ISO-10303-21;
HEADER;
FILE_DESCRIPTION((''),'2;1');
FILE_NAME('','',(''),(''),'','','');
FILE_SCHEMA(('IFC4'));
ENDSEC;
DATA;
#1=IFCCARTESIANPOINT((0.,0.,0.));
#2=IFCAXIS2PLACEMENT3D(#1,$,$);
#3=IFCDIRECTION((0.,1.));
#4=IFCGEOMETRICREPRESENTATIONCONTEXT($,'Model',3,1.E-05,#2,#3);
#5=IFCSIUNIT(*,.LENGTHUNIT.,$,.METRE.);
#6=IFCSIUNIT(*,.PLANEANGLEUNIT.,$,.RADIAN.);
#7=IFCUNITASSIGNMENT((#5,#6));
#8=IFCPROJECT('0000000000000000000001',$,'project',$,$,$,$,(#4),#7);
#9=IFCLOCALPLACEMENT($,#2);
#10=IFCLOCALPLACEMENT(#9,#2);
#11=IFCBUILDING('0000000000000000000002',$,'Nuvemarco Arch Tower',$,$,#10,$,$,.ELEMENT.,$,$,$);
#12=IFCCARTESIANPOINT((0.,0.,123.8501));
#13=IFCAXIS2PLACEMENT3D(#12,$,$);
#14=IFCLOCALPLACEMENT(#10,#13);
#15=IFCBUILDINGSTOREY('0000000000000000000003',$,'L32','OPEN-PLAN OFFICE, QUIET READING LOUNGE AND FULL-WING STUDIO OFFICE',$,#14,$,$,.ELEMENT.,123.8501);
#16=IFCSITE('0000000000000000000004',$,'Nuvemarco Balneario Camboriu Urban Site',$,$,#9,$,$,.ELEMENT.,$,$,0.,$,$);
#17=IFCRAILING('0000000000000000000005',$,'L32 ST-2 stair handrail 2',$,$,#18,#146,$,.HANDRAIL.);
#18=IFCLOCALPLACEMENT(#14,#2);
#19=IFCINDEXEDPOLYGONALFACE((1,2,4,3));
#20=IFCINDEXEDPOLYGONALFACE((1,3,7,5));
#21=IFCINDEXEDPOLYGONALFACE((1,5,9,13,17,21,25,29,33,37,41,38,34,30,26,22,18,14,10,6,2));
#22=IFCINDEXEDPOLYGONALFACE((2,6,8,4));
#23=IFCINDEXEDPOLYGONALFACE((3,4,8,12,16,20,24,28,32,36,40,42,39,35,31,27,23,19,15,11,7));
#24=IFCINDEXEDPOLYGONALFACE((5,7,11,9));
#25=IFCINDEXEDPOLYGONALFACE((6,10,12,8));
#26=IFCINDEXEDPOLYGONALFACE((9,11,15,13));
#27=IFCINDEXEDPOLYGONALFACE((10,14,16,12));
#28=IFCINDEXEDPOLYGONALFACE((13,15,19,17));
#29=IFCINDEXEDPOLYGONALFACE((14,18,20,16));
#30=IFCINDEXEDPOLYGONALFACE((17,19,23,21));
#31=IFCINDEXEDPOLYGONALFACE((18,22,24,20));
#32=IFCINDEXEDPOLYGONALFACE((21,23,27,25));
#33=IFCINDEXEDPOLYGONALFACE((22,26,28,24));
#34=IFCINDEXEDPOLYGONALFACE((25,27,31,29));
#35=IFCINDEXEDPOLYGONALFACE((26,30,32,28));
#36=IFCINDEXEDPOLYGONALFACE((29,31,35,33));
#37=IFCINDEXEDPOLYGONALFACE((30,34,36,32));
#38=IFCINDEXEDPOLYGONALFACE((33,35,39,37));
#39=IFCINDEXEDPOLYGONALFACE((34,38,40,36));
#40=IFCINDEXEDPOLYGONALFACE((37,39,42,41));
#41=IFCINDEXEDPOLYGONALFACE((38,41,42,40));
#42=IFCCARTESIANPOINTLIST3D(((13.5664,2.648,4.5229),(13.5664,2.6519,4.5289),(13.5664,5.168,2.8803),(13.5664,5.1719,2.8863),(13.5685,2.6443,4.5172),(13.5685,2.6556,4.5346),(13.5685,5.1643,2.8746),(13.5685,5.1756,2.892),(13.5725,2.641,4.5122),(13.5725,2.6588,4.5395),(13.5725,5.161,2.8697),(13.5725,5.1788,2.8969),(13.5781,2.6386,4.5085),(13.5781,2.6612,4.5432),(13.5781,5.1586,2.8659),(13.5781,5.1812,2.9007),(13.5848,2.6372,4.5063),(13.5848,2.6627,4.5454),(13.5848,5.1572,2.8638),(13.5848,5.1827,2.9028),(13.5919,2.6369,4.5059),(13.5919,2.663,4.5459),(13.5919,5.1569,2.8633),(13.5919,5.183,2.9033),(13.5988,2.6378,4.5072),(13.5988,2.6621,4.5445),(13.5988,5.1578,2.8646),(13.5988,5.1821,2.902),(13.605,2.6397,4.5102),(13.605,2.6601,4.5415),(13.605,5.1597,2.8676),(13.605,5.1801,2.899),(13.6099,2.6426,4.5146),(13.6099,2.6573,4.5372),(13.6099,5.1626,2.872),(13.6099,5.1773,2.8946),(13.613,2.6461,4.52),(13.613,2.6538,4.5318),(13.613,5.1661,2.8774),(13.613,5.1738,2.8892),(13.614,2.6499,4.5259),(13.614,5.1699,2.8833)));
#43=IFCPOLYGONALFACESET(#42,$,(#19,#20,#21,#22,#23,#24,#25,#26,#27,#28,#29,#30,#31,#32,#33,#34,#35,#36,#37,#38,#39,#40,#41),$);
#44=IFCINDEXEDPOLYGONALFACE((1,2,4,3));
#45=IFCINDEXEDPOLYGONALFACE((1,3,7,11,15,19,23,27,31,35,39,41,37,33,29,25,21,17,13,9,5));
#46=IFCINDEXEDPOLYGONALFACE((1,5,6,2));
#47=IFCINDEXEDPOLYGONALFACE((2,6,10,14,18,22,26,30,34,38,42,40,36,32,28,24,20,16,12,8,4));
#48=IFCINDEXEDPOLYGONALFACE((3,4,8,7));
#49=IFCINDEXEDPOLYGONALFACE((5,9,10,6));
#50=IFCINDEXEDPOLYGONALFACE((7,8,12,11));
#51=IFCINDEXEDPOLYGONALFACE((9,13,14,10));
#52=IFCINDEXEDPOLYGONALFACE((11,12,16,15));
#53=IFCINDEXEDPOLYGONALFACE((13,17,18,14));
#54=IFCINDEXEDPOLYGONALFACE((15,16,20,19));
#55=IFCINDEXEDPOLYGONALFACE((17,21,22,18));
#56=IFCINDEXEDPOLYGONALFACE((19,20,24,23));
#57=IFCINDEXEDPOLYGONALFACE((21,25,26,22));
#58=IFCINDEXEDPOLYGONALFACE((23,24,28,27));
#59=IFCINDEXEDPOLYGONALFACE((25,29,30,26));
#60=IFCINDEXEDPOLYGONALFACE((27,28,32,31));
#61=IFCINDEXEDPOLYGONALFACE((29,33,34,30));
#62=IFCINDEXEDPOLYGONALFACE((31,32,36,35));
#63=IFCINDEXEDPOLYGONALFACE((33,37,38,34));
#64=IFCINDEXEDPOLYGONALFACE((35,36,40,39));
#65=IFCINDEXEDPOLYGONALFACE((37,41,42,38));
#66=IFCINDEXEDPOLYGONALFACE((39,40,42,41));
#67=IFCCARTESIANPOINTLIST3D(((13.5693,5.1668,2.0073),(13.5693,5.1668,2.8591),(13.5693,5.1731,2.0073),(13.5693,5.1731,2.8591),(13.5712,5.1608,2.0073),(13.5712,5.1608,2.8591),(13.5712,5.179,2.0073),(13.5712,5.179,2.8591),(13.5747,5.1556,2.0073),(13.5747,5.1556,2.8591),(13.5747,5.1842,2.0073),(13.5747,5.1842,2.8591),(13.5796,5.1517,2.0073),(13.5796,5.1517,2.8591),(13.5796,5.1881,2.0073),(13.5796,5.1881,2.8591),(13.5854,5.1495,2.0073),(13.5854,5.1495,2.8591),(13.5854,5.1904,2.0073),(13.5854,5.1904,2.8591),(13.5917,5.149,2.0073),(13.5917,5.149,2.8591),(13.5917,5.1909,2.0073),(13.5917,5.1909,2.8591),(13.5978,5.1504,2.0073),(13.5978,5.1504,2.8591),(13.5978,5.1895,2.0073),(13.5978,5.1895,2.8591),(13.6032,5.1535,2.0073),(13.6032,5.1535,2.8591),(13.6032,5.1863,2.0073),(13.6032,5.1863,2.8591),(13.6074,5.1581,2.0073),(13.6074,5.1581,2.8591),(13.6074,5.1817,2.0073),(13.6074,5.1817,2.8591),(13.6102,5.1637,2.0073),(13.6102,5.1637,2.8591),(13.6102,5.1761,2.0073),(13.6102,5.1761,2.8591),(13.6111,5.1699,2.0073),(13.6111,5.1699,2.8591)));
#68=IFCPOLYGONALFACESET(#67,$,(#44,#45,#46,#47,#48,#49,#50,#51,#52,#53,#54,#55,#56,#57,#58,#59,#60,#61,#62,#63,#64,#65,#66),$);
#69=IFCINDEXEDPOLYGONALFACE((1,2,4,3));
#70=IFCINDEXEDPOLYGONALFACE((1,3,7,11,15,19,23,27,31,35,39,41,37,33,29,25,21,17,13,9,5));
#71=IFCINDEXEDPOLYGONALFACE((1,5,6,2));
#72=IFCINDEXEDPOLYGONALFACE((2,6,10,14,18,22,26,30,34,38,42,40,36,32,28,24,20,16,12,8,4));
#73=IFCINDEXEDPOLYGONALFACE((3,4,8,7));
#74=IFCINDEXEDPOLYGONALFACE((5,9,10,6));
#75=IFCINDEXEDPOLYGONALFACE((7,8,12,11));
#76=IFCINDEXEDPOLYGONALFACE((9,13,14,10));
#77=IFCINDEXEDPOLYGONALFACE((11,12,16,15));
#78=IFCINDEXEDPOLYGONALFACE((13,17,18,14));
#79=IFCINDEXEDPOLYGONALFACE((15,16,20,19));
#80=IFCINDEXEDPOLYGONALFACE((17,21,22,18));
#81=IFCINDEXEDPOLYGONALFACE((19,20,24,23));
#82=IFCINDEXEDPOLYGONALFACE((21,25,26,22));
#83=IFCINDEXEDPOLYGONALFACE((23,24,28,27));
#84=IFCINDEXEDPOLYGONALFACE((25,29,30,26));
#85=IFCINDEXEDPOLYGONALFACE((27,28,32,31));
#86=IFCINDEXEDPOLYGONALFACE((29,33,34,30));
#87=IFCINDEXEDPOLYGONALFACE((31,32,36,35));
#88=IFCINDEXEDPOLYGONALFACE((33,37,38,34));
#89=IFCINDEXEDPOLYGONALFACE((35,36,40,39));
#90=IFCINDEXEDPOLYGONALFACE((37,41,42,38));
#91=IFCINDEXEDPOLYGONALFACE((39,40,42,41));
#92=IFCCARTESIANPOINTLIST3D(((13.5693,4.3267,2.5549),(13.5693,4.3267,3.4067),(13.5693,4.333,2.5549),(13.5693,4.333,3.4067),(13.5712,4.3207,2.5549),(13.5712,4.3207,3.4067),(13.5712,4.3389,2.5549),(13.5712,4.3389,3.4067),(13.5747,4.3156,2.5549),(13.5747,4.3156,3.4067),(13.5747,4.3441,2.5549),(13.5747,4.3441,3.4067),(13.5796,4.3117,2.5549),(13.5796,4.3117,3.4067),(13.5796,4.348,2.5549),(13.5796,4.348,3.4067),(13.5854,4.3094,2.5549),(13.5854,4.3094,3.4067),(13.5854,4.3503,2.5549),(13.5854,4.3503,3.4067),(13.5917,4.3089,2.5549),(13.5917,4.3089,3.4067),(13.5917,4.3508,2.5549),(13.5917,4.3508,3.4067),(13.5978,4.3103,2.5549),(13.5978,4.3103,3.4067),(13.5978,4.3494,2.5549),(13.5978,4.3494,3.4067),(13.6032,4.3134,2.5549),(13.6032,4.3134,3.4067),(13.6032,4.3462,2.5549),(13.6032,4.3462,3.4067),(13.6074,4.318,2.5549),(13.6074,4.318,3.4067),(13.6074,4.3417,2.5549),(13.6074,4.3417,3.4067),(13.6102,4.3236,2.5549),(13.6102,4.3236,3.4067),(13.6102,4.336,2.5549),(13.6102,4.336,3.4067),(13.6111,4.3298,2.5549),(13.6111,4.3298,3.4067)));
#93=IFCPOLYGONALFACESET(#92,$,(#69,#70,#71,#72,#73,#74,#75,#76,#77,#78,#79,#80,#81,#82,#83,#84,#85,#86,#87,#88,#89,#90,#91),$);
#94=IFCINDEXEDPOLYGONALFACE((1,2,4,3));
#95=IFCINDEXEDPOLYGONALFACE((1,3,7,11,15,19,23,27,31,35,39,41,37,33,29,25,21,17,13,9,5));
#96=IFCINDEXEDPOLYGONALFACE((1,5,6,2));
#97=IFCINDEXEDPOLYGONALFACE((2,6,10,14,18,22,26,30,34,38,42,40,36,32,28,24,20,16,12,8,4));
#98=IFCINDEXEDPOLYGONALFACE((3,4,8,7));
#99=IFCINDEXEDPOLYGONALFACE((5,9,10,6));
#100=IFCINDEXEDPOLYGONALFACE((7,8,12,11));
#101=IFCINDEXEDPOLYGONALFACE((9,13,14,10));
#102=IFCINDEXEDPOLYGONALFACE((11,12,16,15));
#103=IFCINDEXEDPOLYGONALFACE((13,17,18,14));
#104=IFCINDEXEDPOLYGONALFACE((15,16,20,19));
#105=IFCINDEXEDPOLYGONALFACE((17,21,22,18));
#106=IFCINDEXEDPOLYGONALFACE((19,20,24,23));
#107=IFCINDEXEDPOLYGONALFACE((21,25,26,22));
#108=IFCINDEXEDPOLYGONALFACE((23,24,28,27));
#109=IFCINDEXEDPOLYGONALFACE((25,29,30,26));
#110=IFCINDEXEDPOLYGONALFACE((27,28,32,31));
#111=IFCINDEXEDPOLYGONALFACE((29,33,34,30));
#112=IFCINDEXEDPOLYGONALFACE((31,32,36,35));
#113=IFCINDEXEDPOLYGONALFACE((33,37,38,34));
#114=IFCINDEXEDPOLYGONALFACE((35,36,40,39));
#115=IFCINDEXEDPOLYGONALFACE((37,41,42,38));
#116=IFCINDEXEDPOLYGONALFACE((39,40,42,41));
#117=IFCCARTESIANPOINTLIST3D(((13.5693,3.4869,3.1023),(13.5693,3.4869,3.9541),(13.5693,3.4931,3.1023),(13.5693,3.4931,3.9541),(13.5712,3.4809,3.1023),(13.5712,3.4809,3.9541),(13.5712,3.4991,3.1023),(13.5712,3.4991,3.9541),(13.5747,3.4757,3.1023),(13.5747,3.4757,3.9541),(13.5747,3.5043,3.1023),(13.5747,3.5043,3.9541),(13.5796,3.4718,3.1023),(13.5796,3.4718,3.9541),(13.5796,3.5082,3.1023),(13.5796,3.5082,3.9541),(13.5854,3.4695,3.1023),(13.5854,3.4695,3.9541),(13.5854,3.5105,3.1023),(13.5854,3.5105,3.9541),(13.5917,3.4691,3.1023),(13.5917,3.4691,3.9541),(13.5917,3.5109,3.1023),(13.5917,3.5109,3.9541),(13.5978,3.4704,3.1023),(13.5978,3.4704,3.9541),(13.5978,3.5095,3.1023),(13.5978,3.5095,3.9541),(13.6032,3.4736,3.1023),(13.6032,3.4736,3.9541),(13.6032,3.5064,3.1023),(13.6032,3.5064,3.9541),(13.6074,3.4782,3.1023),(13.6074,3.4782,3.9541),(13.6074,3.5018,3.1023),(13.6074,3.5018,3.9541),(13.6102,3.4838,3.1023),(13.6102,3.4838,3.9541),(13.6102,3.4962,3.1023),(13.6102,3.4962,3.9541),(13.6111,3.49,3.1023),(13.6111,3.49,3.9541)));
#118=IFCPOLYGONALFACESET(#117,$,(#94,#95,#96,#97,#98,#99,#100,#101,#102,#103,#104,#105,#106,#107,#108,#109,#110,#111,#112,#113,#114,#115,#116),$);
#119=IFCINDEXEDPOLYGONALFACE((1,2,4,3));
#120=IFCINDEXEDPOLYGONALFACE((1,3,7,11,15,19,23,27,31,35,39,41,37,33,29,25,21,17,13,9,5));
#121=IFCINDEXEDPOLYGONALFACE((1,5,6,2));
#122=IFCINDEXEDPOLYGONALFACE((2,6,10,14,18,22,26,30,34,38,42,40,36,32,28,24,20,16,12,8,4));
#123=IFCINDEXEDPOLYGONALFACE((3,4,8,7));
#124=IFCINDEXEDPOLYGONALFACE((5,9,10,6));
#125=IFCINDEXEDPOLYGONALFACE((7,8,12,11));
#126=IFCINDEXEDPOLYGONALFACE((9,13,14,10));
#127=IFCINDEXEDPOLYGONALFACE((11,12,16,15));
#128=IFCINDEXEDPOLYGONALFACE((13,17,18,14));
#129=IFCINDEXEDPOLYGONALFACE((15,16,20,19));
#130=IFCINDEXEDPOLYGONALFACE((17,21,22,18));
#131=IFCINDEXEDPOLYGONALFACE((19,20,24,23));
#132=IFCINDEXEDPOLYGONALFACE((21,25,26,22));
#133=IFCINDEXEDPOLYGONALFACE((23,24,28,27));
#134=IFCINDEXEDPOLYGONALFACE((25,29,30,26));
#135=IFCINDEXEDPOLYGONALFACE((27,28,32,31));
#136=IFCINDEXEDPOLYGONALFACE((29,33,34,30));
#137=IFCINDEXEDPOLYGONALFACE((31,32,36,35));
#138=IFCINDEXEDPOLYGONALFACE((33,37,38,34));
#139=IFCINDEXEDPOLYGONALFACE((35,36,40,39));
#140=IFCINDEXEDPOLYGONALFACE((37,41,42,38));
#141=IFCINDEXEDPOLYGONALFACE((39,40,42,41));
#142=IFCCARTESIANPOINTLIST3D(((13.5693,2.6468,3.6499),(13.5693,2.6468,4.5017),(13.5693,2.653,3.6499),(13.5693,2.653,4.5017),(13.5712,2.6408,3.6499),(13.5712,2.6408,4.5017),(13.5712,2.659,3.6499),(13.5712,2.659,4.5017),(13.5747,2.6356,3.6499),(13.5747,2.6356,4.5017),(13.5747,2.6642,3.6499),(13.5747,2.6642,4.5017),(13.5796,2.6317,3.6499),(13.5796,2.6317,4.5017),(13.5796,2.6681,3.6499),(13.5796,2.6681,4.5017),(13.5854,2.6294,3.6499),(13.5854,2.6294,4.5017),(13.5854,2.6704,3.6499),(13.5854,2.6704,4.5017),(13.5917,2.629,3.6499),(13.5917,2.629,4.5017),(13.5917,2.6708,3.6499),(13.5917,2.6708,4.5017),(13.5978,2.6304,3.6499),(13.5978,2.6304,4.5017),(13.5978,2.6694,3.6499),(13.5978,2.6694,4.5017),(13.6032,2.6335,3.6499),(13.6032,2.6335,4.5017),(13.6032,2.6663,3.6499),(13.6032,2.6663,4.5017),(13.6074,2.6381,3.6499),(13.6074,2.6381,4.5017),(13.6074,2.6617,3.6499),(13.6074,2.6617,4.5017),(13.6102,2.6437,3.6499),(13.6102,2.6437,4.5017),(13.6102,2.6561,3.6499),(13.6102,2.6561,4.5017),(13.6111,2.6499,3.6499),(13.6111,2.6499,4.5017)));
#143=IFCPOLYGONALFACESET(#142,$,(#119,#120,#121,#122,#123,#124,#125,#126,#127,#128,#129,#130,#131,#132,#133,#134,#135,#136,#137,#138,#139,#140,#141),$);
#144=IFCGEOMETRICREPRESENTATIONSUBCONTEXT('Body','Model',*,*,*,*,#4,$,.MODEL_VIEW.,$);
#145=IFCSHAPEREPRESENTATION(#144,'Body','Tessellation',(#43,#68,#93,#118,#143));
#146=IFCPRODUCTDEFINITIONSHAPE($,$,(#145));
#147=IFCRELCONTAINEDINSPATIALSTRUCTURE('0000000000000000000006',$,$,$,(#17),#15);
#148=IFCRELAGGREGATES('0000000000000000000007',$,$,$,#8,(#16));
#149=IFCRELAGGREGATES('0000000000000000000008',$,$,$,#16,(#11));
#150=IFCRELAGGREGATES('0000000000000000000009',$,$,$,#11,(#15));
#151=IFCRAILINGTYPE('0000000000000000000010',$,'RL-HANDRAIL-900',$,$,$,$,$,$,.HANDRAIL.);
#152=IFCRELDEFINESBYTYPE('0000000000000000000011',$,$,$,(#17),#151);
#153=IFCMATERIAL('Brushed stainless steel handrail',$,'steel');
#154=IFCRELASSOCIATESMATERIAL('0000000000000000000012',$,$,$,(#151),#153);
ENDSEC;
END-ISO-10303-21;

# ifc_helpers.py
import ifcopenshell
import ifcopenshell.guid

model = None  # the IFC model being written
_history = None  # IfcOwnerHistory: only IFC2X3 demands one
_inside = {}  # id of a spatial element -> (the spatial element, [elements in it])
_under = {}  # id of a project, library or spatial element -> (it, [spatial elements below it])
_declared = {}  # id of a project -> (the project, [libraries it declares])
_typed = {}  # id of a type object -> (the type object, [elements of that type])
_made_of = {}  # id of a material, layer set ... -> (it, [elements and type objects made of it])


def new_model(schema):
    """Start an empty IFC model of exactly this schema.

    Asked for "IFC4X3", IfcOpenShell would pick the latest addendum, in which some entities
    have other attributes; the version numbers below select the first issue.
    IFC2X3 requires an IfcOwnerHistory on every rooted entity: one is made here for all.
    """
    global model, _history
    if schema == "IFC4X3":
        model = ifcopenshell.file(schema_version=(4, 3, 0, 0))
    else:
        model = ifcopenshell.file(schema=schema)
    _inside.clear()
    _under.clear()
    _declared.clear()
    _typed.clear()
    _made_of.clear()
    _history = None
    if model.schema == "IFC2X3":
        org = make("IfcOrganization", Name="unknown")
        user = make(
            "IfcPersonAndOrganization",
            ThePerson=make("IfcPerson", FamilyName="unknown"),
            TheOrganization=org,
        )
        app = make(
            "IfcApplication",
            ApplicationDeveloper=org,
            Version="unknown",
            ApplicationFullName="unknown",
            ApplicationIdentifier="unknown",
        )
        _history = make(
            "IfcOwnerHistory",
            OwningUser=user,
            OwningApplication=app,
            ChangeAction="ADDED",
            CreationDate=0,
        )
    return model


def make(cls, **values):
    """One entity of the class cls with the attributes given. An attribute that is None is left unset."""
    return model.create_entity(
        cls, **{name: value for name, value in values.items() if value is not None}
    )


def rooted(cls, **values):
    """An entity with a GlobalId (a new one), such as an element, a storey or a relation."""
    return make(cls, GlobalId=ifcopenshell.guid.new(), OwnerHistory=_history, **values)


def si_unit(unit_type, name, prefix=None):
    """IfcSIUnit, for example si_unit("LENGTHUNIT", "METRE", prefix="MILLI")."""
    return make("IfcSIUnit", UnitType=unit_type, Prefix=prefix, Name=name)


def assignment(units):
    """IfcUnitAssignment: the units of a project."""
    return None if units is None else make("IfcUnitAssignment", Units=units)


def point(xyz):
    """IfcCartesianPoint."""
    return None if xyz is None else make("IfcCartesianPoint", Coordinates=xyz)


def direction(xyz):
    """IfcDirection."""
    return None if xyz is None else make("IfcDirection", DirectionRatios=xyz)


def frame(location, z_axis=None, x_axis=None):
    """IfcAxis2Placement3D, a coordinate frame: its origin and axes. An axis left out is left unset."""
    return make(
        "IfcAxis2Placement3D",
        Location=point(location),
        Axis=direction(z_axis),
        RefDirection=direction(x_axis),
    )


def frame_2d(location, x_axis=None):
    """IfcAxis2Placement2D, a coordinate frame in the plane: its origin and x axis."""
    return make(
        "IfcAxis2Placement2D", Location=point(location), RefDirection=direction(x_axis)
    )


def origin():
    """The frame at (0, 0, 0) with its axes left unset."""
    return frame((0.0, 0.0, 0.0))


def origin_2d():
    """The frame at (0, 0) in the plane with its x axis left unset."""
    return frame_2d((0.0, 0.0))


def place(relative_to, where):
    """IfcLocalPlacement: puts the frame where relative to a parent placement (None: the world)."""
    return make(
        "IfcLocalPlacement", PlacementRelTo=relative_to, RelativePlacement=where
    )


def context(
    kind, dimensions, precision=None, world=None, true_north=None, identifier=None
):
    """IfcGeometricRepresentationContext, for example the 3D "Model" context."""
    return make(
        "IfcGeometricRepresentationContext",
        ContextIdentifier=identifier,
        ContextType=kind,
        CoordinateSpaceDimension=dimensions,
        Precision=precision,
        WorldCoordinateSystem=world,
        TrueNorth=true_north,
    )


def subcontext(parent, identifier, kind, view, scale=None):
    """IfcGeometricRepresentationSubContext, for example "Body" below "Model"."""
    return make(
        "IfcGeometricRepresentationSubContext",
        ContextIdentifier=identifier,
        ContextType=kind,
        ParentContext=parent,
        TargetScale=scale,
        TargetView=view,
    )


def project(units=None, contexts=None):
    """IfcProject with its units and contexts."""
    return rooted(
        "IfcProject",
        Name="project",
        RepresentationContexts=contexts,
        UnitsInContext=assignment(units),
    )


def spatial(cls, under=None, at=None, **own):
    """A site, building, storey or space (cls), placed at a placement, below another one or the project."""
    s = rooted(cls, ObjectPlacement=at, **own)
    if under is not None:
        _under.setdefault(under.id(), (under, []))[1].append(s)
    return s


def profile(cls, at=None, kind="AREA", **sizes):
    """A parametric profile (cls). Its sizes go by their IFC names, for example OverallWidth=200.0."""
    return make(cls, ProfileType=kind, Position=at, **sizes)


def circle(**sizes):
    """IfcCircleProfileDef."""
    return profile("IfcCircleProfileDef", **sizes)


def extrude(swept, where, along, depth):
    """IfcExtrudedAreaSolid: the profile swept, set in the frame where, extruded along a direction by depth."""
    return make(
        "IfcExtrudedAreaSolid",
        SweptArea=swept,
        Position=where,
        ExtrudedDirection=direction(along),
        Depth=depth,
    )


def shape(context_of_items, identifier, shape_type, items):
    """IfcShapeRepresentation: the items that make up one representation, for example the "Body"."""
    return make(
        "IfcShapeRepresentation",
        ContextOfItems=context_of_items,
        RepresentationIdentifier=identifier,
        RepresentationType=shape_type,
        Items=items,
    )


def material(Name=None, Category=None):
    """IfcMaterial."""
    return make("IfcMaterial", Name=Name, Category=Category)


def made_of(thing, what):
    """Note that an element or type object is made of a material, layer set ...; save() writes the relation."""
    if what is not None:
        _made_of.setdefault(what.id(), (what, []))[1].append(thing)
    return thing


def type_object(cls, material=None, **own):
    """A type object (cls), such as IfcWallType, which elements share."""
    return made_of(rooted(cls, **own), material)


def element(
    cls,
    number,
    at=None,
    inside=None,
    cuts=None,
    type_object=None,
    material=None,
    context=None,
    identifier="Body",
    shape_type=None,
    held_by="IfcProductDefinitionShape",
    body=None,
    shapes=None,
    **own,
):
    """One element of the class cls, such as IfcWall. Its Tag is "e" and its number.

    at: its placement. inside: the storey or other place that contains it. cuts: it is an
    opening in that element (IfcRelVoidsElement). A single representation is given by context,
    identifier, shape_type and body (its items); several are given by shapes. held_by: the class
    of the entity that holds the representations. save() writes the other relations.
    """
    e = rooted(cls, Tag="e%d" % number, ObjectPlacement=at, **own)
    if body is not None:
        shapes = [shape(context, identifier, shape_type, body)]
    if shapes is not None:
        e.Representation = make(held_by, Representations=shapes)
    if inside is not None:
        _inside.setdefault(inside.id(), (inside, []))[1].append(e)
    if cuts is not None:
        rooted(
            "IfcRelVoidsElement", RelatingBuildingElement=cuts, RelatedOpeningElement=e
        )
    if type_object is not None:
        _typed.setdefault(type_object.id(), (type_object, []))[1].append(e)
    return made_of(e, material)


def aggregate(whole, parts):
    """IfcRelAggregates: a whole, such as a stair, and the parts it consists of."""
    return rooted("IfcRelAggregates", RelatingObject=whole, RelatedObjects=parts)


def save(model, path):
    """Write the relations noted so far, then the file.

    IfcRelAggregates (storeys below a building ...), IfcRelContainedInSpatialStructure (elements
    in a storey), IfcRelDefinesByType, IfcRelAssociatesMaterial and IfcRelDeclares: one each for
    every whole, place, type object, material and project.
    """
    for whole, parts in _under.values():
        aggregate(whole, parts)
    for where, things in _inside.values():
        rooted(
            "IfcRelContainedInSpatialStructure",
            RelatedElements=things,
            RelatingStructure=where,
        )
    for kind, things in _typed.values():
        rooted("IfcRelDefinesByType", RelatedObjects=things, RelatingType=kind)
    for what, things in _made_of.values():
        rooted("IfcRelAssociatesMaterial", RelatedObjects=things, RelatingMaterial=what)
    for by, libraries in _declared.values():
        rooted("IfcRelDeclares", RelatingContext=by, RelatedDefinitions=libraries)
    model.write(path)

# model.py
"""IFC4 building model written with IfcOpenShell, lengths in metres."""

from ifc_helpers import new_model, si_unit, direction, frame, origin, origin_2d, place, context, subcontext, project, spatial, circle, extrude, material, type_object, element, save


model = new_model("IFC4")

# Units and contexts
model_context = context("Model", 3, precision=1e-05, world=origin(), true_north=direction((0.0, 1.0)))
body_context = subcontext(model_context, "Body", "Model", "MODEL_VIEW")
ifc_project = project(units=[si_unit("LENGTHUNIT", "METRE"), si_unit("PLANEANGLEUNIT", "RADIAN")], contexts=[model_context])

# Site, building, storey
site_placement = place(None, origin())
site = spatial("IfcSite", under=ifc_project, at=site_placement, Name="Nuvemarco Balneario Camboriu Urban Site", CompositionType="ELEMENT", RefElevation=0.0)
building_placement = place(site_placement, origin())
building = spatial("IfcBuilding", under=site, at=building_placement, Name="Nuvemarco Arch Tower", CompositionType="ELEMENT")
storey_placement = place(building_placement, frame((0.0, 0.0, 123.8501)))
storey = spatial("IfcBuildingStorey", under=building, at=storey_placement, Name="L32", Description="OPEN-PLAN OFFICE, QUIET READING LOUNGE AND FULL-WING STUDIO OFFICE", CompositionType="ELEMENT", Elevation=123.8501)

# Railing
ifc_material_1 = material(Name="Brushed stainless steel handrail", Category="steel")
railing_type_1 = type_object("IfcRailingType", Name="RL-HANDRAIL-900", PredefinedType="HANDRAIL", material=ifc_material_1)
railing_1_placement = place(storey_placement, frame((13.5901, 5.1699, 2.0073)))
element("IfcRailing", 1, at=railing_1_placement, inside=storey, type_object=railing_type_1, Name="L32 ST-2 stair handrail 2", PredefinedType="HANDRAIL", context=body_context, shape_type="SweptSolid", body=[
    extrude(circle(Radius=0.0239, at=origin_2d()), frame((0.0, 0.0, 0.876), z_axis=(0.0, -0.837749, 0.546055), x_axis=(1.0, 0.0, 0.0)), (0.0, 0.0, 1.0), 3.0081),
    extrude(circle(Radius=0.021, at=origin_2d()), origin(), (0.0, 0.0, 1.0), 0.8518),
    extrude(circle(Radius=0.021, at=origin_2d()), frame((0.0, -0.8401, 0.5476)), (0.0, 0.0, 1.0), 0.8518),
    extrude(circle(Radius=0.021, at=origin_2d()), frame((0.0, -1.6799, 1.095)), (0.0, 0.0, 1.0), 0.8518),
    extrude(circle(Radius=0.021, at=origin_2d()), frame((0.0, -2.52, 1.6426)), (0.0, 0.0, 1.0), 0.8518),
])

save(model, "model.ifc")
